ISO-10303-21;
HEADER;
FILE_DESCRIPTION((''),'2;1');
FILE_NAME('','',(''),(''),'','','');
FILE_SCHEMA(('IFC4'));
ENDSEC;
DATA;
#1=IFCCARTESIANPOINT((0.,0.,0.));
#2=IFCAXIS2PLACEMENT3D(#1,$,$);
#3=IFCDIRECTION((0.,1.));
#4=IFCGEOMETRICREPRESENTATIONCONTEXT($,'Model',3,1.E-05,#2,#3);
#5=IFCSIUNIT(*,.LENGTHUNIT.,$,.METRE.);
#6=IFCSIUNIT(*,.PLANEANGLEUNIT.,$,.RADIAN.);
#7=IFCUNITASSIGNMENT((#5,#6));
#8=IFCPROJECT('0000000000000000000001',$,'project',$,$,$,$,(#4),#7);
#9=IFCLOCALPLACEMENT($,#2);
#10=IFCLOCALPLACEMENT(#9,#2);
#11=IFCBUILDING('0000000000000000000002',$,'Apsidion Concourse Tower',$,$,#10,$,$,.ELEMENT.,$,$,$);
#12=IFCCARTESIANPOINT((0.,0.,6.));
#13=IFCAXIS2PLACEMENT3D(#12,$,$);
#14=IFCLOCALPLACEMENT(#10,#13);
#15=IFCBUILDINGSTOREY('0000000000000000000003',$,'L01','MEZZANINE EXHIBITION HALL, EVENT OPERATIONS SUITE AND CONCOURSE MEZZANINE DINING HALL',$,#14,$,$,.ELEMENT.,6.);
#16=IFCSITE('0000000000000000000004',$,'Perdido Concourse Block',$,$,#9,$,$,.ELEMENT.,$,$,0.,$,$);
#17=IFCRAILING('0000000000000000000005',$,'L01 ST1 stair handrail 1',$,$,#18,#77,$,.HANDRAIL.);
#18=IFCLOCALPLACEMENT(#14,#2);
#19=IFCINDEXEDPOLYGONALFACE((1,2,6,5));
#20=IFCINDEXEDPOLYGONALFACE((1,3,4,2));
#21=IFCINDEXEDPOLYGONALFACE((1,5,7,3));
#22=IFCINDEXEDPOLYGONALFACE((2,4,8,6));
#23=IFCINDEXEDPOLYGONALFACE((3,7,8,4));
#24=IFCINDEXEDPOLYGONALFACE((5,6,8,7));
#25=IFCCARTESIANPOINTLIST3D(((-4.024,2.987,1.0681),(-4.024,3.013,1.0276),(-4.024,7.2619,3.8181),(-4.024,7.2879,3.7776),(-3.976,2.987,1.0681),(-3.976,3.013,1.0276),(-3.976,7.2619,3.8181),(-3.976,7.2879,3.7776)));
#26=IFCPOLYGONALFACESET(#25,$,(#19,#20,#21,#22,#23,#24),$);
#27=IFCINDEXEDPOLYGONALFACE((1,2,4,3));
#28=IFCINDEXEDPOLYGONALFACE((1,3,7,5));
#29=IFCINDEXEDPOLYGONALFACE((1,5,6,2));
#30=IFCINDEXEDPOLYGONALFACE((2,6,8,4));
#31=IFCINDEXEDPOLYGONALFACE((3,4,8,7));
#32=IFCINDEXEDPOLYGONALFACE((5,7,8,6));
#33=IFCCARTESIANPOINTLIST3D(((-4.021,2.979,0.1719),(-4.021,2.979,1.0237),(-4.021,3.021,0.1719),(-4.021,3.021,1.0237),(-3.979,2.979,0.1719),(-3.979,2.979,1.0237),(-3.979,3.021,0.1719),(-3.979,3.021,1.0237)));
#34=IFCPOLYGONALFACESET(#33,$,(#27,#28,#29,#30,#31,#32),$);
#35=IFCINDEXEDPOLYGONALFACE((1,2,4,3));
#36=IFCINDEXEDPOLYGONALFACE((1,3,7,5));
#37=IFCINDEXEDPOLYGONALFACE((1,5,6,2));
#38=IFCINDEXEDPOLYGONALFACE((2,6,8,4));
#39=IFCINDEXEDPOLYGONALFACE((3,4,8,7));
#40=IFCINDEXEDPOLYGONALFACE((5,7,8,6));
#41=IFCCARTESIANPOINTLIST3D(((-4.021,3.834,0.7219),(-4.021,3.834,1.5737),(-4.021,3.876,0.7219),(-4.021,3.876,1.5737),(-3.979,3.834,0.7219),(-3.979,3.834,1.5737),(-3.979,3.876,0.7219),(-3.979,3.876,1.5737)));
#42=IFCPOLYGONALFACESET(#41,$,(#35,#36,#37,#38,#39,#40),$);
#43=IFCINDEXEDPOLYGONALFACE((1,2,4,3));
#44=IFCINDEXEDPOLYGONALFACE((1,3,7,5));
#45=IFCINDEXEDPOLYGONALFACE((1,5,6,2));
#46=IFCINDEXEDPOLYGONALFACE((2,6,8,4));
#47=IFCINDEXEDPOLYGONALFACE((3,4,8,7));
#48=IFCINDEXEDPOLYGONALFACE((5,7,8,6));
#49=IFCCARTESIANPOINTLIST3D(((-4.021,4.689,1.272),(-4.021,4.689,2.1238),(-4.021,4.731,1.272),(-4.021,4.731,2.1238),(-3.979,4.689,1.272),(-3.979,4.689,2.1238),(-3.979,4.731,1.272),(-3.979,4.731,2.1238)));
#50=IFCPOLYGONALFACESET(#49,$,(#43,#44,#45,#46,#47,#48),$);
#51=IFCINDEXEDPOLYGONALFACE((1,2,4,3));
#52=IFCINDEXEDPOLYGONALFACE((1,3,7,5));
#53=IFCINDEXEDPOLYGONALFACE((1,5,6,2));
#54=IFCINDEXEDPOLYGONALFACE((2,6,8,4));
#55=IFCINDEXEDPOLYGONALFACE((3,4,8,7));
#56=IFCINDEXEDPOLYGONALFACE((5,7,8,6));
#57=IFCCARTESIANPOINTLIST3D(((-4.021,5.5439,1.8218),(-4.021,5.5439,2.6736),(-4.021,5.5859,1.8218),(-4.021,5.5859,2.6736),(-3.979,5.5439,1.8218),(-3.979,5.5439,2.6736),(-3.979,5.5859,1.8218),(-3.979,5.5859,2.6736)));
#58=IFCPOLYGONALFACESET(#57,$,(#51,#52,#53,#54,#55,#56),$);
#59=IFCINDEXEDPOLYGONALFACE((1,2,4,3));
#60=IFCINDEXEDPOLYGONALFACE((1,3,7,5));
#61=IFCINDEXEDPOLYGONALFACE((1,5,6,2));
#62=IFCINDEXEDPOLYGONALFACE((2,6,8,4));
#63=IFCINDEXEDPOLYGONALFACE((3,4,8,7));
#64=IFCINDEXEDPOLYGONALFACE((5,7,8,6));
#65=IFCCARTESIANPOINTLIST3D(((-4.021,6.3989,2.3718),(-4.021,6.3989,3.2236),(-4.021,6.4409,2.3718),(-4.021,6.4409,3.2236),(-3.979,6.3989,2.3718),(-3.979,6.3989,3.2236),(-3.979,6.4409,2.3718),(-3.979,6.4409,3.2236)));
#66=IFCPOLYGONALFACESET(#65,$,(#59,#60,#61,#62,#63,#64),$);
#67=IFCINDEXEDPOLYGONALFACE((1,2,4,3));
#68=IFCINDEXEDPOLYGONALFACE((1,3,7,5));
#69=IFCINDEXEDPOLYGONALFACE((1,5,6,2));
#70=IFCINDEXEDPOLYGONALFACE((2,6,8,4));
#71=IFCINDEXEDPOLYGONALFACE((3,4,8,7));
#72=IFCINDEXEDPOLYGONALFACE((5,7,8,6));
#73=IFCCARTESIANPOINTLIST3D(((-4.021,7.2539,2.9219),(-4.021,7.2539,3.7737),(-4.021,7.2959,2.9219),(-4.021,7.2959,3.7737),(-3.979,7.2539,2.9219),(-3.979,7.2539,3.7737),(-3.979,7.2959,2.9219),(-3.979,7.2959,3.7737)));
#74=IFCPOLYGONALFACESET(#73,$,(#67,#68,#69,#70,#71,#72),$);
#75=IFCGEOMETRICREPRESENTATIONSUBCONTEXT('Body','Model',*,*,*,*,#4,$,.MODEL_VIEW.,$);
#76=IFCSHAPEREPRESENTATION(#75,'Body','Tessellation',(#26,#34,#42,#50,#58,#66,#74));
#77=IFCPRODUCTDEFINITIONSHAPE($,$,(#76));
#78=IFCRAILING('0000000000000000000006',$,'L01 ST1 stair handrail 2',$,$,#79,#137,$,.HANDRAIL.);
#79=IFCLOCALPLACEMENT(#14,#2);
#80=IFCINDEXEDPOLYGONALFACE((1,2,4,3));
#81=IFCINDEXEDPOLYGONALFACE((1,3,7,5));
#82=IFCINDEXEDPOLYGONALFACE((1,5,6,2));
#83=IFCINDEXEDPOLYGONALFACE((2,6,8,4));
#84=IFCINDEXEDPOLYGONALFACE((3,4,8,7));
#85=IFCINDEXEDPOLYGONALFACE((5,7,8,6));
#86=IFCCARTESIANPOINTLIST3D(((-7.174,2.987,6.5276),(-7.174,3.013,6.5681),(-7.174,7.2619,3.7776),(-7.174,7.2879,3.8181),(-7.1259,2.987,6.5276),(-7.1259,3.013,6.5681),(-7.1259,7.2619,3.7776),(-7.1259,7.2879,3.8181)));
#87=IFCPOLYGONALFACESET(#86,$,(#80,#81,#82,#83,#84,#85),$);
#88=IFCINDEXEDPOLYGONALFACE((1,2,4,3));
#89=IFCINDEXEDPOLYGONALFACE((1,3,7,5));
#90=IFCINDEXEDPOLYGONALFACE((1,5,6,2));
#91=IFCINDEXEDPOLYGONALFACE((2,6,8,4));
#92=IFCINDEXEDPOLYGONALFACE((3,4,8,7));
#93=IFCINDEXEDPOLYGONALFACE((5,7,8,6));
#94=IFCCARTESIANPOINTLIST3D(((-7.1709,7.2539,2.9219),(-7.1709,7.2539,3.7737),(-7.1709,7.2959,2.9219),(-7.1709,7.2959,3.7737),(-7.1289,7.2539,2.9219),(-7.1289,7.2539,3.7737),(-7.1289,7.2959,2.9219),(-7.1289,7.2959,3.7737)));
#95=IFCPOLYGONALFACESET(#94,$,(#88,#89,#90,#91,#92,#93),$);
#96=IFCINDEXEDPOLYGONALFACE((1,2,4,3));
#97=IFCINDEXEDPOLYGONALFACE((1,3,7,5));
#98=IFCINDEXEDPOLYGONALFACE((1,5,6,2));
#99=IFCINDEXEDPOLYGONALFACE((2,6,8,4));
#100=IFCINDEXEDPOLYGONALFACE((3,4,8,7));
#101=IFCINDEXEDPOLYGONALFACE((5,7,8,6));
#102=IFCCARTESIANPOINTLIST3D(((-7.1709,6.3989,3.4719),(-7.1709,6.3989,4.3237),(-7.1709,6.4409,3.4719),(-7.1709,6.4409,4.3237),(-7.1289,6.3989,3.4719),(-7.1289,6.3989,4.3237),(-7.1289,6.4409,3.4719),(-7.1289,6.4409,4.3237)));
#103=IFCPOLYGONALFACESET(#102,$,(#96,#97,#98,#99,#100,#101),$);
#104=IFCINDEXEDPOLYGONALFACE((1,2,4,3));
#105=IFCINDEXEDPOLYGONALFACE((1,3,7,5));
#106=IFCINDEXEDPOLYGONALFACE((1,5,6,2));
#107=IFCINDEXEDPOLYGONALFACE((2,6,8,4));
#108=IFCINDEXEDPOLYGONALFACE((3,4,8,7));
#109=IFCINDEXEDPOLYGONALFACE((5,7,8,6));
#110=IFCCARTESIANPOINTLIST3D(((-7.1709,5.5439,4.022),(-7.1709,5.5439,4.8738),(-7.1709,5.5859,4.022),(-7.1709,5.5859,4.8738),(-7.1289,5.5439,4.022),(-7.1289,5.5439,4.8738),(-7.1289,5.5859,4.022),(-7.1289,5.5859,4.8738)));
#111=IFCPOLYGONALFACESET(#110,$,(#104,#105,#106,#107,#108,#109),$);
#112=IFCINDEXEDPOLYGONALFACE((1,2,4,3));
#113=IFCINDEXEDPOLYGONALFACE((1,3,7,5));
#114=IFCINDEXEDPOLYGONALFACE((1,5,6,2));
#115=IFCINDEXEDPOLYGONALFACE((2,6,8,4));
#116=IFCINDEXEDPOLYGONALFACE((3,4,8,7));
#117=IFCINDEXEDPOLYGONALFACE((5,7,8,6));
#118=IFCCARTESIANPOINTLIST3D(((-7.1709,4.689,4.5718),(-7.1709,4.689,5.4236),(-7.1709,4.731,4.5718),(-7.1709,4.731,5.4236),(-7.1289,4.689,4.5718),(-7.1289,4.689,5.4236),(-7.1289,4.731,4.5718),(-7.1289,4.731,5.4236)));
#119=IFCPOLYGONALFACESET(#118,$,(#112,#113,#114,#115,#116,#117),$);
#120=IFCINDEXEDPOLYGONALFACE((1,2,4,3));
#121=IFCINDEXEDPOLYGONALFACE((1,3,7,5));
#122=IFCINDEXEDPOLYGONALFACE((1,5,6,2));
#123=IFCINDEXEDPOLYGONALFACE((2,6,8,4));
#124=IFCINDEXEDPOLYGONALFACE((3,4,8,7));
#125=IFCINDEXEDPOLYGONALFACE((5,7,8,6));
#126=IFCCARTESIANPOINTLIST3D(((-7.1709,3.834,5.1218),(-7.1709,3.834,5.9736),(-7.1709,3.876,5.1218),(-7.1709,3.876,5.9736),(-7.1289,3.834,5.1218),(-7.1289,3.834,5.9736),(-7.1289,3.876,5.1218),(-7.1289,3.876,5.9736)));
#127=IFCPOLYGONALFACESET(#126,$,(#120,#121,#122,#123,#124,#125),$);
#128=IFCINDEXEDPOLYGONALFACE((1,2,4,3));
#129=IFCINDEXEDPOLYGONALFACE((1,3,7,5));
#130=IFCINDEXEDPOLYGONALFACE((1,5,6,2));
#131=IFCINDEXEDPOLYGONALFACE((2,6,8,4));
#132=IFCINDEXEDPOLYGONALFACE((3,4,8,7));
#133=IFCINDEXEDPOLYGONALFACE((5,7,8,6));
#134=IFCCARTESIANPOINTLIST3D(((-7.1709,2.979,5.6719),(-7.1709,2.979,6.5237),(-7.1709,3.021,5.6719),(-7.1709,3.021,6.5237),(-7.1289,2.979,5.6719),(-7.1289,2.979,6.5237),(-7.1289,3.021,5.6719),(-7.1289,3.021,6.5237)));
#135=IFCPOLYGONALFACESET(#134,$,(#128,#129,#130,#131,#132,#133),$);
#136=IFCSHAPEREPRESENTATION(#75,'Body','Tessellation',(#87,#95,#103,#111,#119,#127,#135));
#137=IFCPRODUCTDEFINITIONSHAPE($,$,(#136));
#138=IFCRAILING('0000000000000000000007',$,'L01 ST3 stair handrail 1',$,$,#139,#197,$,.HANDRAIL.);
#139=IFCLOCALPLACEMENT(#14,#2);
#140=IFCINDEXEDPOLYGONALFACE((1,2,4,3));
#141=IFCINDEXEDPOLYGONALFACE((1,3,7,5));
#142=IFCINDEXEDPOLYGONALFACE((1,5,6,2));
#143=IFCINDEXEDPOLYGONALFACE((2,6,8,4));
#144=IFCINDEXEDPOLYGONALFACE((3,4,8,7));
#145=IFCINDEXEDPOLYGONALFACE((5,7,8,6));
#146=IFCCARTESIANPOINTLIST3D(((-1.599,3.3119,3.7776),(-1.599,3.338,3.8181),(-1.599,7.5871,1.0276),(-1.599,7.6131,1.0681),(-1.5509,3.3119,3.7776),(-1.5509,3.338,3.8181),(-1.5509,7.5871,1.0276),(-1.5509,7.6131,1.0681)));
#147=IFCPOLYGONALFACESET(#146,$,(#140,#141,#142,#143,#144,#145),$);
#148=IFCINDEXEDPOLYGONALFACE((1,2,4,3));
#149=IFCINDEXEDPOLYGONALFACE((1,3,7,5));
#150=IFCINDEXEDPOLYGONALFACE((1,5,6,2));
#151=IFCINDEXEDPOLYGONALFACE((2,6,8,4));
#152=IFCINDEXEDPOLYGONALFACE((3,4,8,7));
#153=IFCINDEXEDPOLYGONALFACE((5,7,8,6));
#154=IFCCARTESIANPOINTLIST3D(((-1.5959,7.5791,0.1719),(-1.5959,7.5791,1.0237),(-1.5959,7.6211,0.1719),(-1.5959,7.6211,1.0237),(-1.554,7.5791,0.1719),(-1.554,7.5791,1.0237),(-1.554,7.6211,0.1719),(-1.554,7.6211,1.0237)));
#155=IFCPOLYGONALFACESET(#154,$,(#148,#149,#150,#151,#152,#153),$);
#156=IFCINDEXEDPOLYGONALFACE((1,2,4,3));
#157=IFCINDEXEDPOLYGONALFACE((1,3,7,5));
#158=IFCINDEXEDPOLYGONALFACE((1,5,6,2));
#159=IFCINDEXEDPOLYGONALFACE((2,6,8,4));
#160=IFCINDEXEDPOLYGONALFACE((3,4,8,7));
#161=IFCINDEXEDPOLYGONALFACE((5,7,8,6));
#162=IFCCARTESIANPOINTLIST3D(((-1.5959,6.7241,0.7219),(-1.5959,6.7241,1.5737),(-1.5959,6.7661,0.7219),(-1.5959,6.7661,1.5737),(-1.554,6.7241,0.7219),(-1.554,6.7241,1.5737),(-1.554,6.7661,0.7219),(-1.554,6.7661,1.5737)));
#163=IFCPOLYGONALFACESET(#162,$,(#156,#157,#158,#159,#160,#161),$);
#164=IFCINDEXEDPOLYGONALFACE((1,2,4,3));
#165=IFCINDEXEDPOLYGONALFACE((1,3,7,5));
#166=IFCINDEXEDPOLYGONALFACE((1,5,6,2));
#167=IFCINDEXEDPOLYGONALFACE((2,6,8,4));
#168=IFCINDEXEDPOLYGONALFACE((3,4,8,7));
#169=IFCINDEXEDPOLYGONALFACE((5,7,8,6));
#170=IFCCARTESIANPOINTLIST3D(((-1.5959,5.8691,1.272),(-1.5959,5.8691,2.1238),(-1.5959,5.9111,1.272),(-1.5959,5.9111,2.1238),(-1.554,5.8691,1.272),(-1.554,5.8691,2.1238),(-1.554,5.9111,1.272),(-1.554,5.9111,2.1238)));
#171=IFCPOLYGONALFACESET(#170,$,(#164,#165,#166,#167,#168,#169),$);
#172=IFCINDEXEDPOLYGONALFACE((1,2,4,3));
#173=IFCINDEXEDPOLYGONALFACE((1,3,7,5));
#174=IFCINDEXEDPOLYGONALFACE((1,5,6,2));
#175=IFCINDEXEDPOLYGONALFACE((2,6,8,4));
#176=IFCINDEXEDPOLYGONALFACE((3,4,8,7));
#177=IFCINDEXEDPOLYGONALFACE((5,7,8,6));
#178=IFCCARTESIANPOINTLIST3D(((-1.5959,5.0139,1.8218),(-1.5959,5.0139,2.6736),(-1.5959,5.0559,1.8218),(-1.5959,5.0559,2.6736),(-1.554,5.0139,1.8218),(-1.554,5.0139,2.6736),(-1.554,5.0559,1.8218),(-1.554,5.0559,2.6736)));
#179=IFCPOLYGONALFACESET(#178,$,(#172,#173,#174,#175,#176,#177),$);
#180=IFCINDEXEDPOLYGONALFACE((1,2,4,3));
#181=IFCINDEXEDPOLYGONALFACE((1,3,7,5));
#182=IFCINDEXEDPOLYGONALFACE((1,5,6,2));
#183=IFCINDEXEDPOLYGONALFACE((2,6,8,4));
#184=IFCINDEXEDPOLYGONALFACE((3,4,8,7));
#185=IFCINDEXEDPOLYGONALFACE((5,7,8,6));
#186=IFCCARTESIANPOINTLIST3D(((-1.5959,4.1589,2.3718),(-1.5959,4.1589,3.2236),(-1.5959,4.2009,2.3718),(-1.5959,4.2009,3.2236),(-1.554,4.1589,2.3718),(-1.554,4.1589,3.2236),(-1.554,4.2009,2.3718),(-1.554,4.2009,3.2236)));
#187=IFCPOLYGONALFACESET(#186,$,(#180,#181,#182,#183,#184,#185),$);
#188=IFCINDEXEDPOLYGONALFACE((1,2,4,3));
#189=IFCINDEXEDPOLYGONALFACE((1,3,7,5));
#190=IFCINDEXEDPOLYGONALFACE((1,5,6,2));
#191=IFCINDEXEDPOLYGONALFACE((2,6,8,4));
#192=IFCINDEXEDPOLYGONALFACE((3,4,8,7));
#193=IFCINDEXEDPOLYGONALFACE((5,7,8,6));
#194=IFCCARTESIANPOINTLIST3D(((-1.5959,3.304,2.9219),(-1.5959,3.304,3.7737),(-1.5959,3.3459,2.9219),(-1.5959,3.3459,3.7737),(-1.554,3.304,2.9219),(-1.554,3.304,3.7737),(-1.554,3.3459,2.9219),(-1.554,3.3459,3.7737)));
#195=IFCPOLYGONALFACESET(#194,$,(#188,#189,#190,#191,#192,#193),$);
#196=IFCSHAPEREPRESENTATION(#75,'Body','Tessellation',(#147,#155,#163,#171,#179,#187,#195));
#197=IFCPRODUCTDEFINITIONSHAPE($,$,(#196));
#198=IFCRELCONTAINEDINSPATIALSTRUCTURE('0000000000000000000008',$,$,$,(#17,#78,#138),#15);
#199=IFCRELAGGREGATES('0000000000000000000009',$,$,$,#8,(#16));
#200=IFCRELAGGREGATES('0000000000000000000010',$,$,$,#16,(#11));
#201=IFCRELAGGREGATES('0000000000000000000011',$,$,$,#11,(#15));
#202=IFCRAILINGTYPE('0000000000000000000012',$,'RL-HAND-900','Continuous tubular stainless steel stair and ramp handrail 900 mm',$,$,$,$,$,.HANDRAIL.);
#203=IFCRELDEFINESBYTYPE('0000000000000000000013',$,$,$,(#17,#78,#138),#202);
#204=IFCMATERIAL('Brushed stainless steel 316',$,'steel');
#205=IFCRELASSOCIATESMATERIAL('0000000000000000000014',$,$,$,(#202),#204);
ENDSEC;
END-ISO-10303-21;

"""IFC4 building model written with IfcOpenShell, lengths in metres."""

from ifc_helpers import new_model, si_unit, direction, frame, origin, origin_2d, place, context, subcontext, project, spatial, rectangle, extrude, material, type_object, element, save


model = new_model("IFC4")

# Units and contexts
model_context = context("Model", 3, precision=1e-05, world=origin(), true_north=direction((0.0, 1.0)))
body_context = subcontext(model_context, "Body", "Model", "MODEL_VIEW")
ifc_project = project(units=[si_unit("LENGTHUNIT", "METRE"), si_unit("PLANEANGLEUNIT", "RADIAN")], contexts=[model_context])

# Site, building, storey
site_placement = place(None, origin())
site = spatial("IfcSite", under=ifc_project, at=site_placement, Name="Perdido Concourse Block", CompositionType="ELEMENT", RefElevation=0.0)
building_placement = place(site_placement, origin())
building = spatial("IfcBuilding", under=site, at=building_placement, Name="Apsidion Concourse Tower", CompositionType="ELEMENT")
storey_placement = place(building_placement, frame((0.0, 0.0, 6.0)))
storey = spatial("IfcBuildingStorey", under=building, at=storey_placement, Name="L01", Description="MEZZANINE EXHIBITION HALL, EVENT OPERATIONS SUITE AND CONCOURSE MEZZANINE DINING HALL", CompositionType="ELEMENT", Elevation=6.0)

# Shared definitions
ifc_material_1 = material(Name="Brushed stainless steel 316", Category="steel")

# Railings
railing_type_1 = type_object("IfcRailingType", Name="RL-HAND-900", Description="Continuous tubular stainless steel stair and ramp handrail 900 mm", PredefinedType="HANDRAIL", material=ifc_material_1)
railing_1_placement = place(storey_placement, frame((-4.0, 3.0, 0.1719)))
element("IfcRailing", 1, at=railing_1_placement, inside=storey, type_object=railing_type_1, Name="L01 ST1 stair handrail 1", PredefinedType="HANDRAIL", context=body_context, shape_type="SweptSolid", body=[
    extrude(rectangle(XDim=0.0481, YDim=0.0481, at=origin_2d()), frame((0.0, 0.0, 0.876), z_axis=(0.0, 0.841013, 0.541015), x_axis=(-1.0, 0.0, 0.0)), (0.0, 0.0, 1.0), 5.083),
    extrude(rectangle(XDim=0.042, YDim=0.042, at=origin_2d()), origin(), (0.0, 0.0, 1.0), 0.8518),
    extrude(rectangle(XDim=0.042, YDim=0.042, at=origin_2d()), frame((0.0, 0.855, 0.55)), (0.0, 0.0, 1.0), 0.8518),
    extrude(rectangle(XDim=0.042, YDim=0.042, at=origin_2d()), frame((0.0, 1.71, 1.1001)), (0.0, 0.0, 1.0), 0.8518),
    extrude(rectangle(XDim=0.042, YDim=0.042, at=origin_2d()), frame((0.0, 2.5649, 1.6499)), (0.0, 0.0, 1.0), 0.8518),
    extrude(rectangle(XDim=0.042, YDim=0.042, at=origin_2d()), frame((0.0, 3.4199, 2.2)), (0.0, 0.0, 1.0), 0.8518),
    extrude(rectangle(XDim=0.042, YDim=0.042, at=origin_2d()), frame((0.0, 4.2749, 2.75)), (0.0, 0.0, 1.0), 0.8518),
])
railing_2_placement = place(storey_placement, frame((-7.1499, 7.2749, 2.9219)))
element("IfcRailing", 2, at=railing_2_placement, inside=storey, type_object=railing_type_1, Name="L01 ST1 stair handrail 2", PredefinedType="HANDRAIL", context=body_context, shape_type="SweptSolid", body=[
    extrude(rectangle(XDim=0.0481, YDim=0.0481, at=origin_2d()), frame((0.0, 0.0, 0.876), z_axis=(0.0, -0.841013, 0.541015), x_axis=(1.0, 0.0, 0.0)), (0.0, 0.0, 1.0), 5.083),
    extrude(rectangle(XDim=0.042, YDim=0.042, at=origin_2d()), origin(), (0.0, 0.0, 1.0), 0.8518),
    extrude(rectangle(XDim=0.042, YDim=0.042, at=origin_2d()), frame((0.0, -0.855, 0.55)), (0.0, 0.0, 1.0), 0.8518),
    extrude(rectangle(XDim=0.042, YDim=0.042, at=origin_2d()), frame((0.0, -1.71, 1.1001)), (0.0, 0.0, 1.0), 0.8518),
    extrude(rectangle(XDim=0.042, YDim=0.042, at=origin_2d()), frame((0.0, -2.5649, 1.6499)), (0.0, 0.0, 1.0), 0.8518),
    extrude(rectangle(XDim=0.042, YDim=0.042, at=origin_2d()), frame((0.0, -3.4199, 2.2)), (0.0, 0.0, 1.0), 0.8518),
    extrude(rectangle(XDim=0.042, YDim=0.042, at=origin_2d()), frame((0.0, -4.2749, 2.75)), (0.0, 0.0, 1.0), 0.8518),
])
railing_3_placement = place(storey_placement, frame((-1.575, 7.6001, 0.1719)))
element("IfcRailing", 3, at=railing_3_placement, inside=storey, type_object=railing_type_1, Name="L01 ST3 stair handrail 1", PredefinedType="HANDRAIL", context=body_context, shape_type="SweptSolid", body=[
    extrude(rectangle(XDim=0.0481, YDim=0.0481, at=origin_2d()), frame((0.0, 0.0, 0.876), z_axis=(0.0, -0.841027, 0.540993), x_axis=(1.0, 0.0, 0.0)), (0.0, 0.0, 1.0), 5.0833),
    extrude(rectangle(XDim=0.042, YDim=0.042, at=origin_2d()), origin(), (0.0, 0.0, 1.0), 0.8518),
    extrude(rectangle(XDim=0.042, YDim=0.042, at=origin_2d()), frame((0.0, -0.855, 0.55)), (0.0, 0.0, 1.0), 0.8518),
    extrude(rectangle(XDim=0.042, YDim=0.042, at=origin_2d()), frame((0.0, -1.71, 1.1001)), (0.0, 0.0, 1.0), 0.8518),
    extrude(rectangle(XDim=0.042, YDim=0.042, at=origin_2d()), frame((0.0, -2.5652, 1.6499)), (0.0, 0.0, 1.0), 0.8518),
    extrude(rectangle(XDim=0.042, YDim=0.042, at=origin_2d()), frame((0.0, -3.4202, 2.2)), (0.0, 0.0, 1.0), 0.8518),
    extrude(rectangle(XDim=0.042, YDim=0.042, at=origin_2d()), frame((0.0, -4.2751, 2.75)), (0.0, 0.0, 1.0), 0.8518),
])

save(model, "model.ifc")
